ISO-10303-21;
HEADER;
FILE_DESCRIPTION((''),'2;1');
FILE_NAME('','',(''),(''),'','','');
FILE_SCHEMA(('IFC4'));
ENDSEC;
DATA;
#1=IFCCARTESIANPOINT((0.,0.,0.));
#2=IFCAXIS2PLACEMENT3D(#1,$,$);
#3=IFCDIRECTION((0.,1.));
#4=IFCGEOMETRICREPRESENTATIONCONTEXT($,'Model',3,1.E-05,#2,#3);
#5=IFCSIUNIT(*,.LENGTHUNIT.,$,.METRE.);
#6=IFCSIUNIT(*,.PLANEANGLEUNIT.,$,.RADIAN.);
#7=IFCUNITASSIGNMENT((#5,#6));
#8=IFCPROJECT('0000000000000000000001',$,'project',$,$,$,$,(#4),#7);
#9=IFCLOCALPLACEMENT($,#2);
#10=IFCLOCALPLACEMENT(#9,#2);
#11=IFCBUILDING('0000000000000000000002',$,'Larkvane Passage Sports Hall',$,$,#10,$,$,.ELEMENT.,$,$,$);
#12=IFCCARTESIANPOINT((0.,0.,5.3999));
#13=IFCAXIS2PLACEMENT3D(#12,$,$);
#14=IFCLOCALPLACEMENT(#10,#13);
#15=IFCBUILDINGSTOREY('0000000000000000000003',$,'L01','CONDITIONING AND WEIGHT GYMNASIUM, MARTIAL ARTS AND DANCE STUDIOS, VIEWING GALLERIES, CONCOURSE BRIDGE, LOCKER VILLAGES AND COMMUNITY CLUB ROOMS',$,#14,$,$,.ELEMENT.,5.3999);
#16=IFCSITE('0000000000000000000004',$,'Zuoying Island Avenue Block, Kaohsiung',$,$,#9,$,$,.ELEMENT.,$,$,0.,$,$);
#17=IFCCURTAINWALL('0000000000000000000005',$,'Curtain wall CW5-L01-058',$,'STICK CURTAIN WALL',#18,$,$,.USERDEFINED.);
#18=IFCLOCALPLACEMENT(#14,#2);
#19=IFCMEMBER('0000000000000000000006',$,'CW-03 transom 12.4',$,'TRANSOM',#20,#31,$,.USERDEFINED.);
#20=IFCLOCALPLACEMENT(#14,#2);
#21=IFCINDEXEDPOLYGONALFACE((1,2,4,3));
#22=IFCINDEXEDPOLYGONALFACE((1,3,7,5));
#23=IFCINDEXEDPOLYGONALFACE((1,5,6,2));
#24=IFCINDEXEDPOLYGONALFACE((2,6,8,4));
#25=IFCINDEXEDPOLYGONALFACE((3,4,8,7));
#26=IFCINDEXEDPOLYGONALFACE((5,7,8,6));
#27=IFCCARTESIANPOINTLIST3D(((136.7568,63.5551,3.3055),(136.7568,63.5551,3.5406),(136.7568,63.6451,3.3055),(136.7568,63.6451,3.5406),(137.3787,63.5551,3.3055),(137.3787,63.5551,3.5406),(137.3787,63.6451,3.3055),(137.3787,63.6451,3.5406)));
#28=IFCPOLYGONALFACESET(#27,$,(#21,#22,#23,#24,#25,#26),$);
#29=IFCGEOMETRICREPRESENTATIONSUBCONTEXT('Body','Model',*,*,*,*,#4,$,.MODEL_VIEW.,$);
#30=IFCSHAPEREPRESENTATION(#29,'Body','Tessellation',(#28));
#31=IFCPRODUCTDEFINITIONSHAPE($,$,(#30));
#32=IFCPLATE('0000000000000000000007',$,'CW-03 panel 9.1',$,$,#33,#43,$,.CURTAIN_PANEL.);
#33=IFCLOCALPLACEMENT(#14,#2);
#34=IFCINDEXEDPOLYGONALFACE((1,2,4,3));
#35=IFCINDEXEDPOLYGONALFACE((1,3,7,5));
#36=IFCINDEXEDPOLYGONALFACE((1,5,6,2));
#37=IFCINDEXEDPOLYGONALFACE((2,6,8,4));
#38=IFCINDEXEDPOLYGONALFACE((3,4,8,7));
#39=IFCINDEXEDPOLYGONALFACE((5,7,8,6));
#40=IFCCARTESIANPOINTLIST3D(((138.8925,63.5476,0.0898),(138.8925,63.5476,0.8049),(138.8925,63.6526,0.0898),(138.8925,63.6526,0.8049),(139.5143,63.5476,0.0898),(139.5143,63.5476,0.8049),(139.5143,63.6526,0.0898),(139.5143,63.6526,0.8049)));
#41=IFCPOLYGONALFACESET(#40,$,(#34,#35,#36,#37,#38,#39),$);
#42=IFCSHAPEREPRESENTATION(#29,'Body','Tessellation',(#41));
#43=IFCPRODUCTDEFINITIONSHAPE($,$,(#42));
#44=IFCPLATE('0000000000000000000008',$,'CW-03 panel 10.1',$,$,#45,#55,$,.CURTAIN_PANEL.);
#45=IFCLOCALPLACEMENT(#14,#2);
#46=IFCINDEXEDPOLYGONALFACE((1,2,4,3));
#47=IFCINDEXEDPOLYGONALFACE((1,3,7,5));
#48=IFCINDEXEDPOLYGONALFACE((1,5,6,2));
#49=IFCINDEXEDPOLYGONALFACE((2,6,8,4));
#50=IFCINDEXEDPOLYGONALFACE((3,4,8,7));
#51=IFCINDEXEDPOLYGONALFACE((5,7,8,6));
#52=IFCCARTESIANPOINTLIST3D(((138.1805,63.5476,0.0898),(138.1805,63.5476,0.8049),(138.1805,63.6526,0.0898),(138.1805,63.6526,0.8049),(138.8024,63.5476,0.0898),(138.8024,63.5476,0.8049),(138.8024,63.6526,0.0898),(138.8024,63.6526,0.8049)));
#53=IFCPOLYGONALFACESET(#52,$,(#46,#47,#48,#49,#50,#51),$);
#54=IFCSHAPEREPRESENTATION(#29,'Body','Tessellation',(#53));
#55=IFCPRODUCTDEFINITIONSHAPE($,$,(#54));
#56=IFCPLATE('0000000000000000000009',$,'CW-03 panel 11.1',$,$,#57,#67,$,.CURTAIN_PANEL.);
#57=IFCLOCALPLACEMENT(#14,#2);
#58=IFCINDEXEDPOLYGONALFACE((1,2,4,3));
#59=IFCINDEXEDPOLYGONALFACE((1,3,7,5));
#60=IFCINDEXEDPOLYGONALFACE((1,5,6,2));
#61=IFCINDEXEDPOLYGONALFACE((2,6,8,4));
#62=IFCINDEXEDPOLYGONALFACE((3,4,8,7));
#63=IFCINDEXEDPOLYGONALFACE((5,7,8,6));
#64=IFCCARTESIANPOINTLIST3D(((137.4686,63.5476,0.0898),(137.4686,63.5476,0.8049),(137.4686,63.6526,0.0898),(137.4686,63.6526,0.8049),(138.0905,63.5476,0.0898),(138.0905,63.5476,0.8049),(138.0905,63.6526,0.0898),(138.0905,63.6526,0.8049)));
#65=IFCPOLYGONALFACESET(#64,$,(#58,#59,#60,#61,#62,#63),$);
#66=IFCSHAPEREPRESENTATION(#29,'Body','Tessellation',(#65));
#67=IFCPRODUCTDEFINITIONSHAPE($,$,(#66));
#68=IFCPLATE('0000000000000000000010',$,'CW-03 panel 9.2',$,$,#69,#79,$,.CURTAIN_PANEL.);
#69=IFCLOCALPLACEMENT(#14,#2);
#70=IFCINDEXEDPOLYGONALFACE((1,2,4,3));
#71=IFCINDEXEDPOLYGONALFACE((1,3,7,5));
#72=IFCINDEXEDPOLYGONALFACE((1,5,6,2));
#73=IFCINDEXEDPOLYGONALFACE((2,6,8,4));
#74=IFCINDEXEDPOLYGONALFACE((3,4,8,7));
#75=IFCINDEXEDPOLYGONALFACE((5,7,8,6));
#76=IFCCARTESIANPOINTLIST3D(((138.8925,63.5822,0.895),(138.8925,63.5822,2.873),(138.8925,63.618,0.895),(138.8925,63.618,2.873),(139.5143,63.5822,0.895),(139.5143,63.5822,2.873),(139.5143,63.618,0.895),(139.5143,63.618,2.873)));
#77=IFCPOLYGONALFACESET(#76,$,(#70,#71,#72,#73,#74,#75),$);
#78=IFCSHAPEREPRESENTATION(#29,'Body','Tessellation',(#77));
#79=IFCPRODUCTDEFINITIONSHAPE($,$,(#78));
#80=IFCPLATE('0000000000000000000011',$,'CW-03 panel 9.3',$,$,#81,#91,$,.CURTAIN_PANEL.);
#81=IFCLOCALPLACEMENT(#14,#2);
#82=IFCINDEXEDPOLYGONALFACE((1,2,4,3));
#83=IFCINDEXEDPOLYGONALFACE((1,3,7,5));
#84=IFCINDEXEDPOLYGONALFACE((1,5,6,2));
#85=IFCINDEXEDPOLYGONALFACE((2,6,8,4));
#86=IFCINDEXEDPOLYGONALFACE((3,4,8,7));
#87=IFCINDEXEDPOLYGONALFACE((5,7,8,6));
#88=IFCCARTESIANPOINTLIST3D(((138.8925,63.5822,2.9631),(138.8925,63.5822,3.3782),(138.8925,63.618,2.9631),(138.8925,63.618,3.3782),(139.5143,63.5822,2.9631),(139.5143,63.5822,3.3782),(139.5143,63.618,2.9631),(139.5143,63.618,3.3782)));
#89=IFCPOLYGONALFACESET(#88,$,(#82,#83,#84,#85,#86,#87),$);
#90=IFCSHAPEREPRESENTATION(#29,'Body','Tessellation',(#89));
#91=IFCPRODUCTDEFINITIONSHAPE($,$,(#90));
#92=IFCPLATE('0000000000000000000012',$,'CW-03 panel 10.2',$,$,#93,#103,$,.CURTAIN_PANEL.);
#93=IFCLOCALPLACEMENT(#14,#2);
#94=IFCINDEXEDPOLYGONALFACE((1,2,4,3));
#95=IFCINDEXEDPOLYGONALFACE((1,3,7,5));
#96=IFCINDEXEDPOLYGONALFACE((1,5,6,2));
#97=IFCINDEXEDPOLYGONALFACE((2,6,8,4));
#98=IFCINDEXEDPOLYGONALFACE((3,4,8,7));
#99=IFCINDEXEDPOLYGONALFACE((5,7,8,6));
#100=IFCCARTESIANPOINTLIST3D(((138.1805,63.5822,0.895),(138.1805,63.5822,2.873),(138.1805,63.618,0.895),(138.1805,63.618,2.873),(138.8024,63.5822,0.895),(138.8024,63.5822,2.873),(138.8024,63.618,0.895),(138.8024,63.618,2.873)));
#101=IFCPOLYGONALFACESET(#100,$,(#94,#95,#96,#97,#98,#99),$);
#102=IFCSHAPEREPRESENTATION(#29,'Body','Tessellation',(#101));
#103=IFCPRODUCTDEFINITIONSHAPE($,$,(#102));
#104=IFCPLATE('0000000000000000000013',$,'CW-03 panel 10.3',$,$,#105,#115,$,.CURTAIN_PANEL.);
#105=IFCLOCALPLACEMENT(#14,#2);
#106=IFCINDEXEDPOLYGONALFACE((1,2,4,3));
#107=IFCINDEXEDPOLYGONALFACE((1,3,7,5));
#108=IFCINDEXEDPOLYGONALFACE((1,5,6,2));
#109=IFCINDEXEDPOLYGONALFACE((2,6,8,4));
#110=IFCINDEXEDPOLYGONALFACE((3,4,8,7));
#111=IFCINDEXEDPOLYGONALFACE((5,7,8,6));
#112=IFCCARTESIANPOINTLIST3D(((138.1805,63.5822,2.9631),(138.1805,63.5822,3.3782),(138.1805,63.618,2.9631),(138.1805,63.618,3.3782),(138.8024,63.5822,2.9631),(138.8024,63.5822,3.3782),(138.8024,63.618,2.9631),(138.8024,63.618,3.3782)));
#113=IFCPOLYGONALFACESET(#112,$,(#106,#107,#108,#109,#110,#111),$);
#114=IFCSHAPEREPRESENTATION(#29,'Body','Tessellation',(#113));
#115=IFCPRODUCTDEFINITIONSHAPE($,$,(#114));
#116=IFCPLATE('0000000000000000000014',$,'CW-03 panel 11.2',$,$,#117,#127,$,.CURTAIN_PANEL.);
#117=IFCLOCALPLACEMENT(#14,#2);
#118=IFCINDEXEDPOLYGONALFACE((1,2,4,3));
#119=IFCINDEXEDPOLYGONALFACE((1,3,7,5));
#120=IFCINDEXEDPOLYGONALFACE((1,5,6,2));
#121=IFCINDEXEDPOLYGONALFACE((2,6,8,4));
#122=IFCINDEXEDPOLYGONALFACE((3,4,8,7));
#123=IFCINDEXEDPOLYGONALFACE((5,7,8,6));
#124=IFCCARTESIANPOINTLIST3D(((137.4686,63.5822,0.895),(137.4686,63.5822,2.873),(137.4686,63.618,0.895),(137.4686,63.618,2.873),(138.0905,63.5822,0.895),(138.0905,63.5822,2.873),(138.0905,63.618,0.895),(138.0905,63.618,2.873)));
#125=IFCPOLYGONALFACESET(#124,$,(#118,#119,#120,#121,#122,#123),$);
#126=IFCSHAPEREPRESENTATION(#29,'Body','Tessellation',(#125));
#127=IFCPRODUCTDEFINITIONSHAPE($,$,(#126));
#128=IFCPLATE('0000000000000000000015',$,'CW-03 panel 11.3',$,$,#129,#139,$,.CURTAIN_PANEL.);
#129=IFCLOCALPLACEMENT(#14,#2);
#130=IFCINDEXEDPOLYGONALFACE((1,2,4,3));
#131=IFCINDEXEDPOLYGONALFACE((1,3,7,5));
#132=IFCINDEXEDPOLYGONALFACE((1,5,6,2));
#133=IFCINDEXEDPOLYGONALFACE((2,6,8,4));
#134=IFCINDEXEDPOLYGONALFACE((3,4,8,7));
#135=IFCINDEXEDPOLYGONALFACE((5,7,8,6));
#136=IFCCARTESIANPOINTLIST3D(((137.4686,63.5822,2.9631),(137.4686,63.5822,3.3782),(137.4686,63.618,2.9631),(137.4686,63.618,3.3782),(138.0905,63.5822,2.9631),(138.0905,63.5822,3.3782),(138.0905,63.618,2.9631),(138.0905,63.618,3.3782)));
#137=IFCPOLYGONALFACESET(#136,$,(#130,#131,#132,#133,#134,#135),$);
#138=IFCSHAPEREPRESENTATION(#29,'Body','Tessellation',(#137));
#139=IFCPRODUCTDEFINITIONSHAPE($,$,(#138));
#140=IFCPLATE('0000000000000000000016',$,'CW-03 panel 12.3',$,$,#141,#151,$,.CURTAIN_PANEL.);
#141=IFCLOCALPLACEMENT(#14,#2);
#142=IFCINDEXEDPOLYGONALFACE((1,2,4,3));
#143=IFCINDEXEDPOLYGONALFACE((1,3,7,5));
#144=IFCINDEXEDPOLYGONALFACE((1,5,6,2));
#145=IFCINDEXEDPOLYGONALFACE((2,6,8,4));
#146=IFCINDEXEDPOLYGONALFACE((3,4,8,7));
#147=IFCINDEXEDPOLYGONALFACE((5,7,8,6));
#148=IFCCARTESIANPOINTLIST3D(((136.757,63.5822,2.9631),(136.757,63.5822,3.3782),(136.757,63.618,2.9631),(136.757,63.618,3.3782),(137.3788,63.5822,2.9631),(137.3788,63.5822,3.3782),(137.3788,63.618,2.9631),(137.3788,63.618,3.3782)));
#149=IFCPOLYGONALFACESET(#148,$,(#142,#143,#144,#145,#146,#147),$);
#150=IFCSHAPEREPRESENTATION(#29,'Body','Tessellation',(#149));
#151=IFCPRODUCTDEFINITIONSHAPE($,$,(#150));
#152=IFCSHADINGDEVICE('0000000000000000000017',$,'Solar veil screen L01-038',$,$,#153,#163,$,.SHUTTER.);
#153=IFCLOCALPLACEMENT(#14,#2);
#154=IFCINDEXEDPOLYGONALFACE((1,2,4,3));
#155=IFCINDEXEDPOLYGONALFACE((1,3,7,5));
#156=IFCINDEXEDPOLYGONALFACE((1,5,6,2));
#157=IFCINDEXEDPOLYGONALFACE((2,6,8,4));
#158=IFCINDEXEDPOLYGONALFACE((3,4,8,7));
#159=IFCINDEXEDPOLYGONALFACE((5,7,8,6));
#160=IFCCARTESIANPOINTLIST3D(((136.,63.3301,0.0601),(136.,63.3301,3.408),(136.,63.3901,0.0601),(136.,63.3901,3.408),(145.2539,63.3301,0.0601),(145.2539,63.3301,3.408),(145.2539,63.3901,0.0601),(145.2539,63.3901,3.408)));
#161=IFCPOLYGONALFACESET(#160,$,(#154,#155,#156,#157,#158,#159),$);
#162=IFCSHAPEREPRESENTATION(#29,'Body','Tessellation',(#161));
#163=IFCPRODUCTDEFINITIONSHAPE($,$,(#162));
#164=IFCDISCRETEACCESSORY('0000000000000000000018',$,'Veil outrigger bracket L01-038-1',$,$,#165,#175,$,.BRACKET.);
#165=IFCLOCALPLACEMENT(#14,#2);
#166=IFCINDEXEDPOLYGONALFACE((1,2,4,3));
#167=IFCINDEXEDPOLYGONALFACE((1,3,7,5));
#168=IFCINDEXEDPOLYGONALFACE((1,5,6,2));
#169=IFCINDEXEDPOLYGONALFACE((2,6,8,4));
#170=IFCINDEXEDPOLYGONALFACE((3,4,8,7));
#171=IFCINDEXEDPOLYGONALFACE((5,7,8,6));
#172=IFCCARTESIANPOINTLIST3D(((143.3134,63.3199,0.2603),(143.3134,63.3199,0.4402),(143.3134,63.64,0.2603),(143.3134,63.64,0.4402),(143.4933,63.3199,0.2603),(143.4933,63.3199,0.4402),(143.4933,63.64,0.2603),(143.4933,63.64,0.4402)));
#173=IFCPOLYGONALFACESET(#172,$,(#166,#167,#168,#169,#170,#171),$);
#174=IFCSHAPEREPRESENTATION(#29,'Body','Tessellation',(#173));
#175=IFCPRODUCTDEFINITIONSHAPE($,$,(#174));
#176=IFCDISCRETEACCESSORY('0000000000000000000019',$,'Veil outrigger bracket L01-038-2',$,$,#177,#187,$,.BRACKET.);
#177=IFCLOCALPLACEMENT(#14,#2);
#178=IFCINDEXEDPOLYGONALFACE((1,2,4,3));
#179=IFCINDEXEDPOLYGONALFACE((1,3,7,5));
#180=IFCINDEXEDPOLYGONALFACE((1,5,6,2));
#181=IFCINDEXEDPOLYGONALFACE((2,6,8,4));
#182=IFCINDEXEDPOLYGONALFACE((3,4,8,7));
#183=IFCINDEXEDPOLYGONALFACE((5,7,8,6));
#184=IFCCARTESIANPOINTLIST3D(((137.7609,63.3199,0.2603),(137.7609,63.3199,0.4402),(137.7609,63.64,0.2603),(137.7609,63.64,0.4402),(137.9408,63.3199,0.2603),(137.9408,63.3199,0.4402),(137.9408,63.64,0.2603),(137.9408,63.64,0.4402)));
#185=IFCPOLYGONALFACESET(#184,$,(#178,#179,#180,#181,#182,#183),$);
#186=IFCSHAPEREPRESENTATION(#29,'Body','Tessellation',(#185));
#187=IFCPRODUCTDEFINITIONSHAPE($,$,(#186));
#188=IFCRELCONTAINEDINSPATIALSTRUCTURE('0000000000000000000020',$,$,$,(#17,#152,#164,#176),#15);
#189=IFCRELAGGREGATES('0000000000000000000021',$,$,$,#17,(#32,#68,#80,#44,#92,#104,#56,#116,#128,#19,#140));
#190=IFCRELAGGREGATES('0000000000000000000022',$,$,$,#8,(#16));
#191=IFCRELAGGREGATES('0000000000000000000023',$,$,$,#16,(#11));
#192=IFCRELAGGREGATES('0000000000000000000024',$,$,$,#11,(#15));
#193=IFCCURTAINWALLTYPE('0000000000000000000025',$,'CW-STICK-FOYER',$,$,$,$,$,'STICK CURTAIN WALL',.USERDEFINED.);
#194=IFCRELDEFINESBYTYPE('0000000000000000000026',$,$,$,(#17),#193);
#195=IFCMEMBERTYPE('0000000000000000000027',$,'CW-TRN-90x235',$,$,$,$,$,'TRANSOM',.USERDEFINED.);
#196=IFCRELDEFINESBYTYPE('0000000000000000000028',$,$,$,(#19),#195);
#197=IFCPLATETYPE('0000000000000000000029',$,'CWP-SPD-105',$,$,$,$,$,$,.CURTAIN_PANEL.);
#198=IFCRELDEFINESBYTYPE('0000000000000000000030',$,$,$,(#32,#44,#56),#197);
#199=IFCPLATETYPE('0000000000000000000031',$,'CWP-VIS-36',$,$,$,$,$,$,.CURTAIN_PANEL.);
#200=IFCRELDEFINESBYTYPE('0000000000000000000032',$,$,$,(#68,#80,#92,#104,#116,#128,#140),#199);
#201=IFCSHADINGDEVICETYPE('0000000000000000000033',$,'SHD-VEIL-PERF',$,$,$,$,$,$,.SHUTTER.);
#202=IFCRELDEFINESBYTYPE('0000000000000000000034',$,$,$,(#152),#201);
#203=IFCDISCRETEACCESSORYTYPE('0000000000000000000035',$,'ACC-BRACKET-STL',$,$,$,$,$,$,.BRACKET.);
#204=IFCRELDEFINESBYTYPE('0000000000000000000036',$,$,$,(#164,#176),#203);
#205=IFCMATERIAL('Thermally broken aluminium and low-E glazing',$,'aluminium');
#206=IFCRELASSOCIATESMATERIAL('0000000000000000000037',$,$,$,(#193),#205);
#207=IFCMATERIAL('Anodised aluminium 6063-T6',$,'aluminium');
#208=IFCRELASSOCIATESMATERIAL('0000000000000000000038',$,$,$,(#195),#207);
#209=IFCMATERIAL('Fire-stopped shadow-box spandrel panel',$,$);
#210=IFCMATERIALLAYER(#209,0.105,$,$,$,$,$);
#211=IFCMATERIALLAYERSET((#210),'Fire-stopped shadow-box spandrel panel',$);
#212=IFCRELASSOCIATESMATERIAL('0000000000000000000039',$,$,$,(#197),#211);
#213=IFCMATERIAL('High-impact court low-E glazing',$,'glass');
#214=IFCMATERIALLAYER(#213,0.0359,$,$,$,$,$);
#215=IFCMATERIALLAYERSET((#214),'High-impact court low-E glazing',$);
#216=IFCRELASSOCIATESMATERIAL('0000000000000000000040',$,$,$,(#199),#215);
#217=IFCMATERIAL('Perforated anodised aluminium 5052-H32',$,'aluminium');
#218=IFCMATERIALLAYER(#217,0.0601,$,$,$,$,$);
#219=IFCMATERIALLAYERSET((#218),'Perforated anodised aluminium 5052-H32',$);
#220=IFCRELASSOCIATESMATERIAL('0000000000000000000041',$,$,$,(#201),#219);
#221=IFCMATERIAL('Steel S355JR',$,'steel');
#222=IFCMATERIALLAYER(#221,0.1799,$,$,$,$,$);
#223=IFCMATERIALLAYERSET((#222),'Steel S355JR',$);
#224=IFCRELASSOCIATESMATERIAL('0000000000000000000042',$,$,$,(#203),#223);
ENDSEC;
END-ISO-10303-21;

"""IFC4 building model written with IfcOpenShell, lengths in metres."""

from ifc_helpers import new_model, si_unit, direction, frame, origin, origin_2d, place, context, subcontext, project, spatial, rectangle, extrude, material, layer, layer_set, material_profile, profile_set, type_object, element, aggregate, save


model = new_model("IFC4")

# Units and contexts
model_context = context("Model", 3, precision=1e-05, world=origin(), true_north=direction((0.0, 1.0)))
body_context = subcontext(model_context, "Body", "Model", "MODEL_VIEW")
ifc_project = project(units=[si_unit("LENGTHUNIT", "METRE"), si_unit("PLANEANGLEUNIT", "RADIAN")], contexts=[model_context])

# Site, building, storey
site_placement = place(None, origin())
site = spatial("IfcSite", under=ifc_project, at=site_placement, Name="Zuoying Island Avenue Block, Kaohsiung", CompositionType="ELEMENT", RefElevation=0.0)
building_placement = place(site_placement, origin())
building = spatial("IfcBuilding", under=site, at=building_placement, Name="Larkvane Passage Sports Hall", CompositionType="ELEMENT")
storey_placement = place(building_placement, frame((0.0, 0.0, 5.3999)))
storey = spatial("IfcBuildingStorey", under=building, at=storey_placement, Name="L01", Description="CONDITIONING AND WEIGHT GYMNASIUM, MARTIAL ARTS AND DANCE STUDIOS, VIEWING GALLERIES, CONCOURSE BRIDGE, LOCKER VILLAGES AND COMMUNITY CLUB ROOMS", CompositionType="ELEMENT", Elevation=5.3999)

# Curtain wall, member, plates
ifc_material_1 = material(Name="Thermally broken aluminium and low-E glazing", Category="aluminium")
curtain_wall_type = type_object("IfcCurtainWallType", Name="CW-STICK-FOYER", ElementType="STICK CURTAIN WALL", PredefinedType="USERDEFINED", material=ifc_material_1)
curtain_wall_placement = place(storey_placement, origin())
curtain_wall = element("IfcCurtainWall", 1, at=curtain_wall_placement, inside=storey, type_object=curtain_wall_type, Name="Curtain wall CW5-L01-058", ObjectType="STICK CURTAIN WALL", PredefinedType="USERDEFINED")
ifc_material_2 = material(Name="Anodised aluminium 6063-T6", Category="aluminium")
ifc_material_profile_1 = material_profile(ifc_material_2, rectangle(XDim=0.0901, YDim=0.2351, at=origin_2d()), Name="ALU-TRN-90x235")
ifc_profile_set_1 = profile_set([ifc_material_profile_1], Name="Anodised aluminium 6063-T6")
member_type_1 = type_object("IfcMemberType", Name="CW-TRN-90x235", ElementType="TRANSOM", PredefinedType="USERDEFINED", material=ifc_profile_set_1)
member_1_placement = place(storey_placement, frame((137.3787, 63.6001, 3.4231), z_axis=(-1.0, 0.0, 0.0), x_axis=(0.0, -1.0, 0.0)))
member_1 = element("IfcMember", 2, at=member_1_placement, type_object=member_type_1, Name="CW-03 transom 12.4", ObjectType="TRANSOM", PredefinedType="USERDEFINED", context=body_context, shape_type="SweptSolid", body=[
    extrude(rectangle(XDim=0.0901, YDim=0.2351, at=origin_2d()), origin(), (0.0, 0.0, 1.0), 0.6218),
])
ifc_material_3 = material(Name="Fire-stopped shadow-box spandrel panel")
ifc_layer_1 = layer(ifc_material_3, 0.105)
ifc_layer_set_1 = layer_set([ifc_layer_1], Name="Fire-stopped shadow-box spandrel panel")
plate_type_1 = type_object("IfcPlateType", Name="CWP-SPD-105", PredefinedType="CURTAIN_PANEL", material=ifc_layer_set_1)
plate_1_placement = place(storey_placement, frame((139.2034, 63.6001, 0.0898), z_axis=(0.0, 0.0, 1.0), x_axis=(-1.0, 0.0, 0.0)))
plate_1 = element("IfcPlate", 3, at=plate_1_placement, type_object=plate_type_1, Name="CW-03 panel 9.1", PredefinedType="CURTAIN_PANEL", context=body_context, shape_type="SweptSolid", body=[
    extrude(rectangle(XDim=0.6218, YDim=0.105, at=origin_2d()), origin(), (0.0, 0.0, 1.0), 0.7151),
])
plate_2_placement = place(storey_placement, frame((138.4915, 63.6001, 0.0898), z_axis=(0.0, 0.0, 1.0), x_axis=(-1.0, 0.0, 0.0)))
plate_2 = element("IfcPlate", 4, at=plate_2_placement, type_object=plate_type_1, Name="CW-03 panel 10.1", PredefinedType="CURTAIN_PANEL", context=body_context, shape_type="SweptSolid", body=[
    extrude(rectangle(XDim=0.6218, YDim=0.105, at=origin_2d()), origin(), (0.0, 0.0, 1.0), 0.7151),
])
plate_3_placement = place(storey_placement, frame((137.7795, 63.6001, 0.0898), z_axis=(0.0, 0.0, 1.0), x_axis=(-1.0, 0.0, 0.0)))
plate_3 = element("IfcPlate", 5, at=plate_3_placement, type_object=plate_type_1, Name="CW-03 panel 11.1", PredefinedType="CURTAIN_PANEL", context=body_context, shape_type="SweptSolid", body=[
    extrude(rectangle(XDim=0.6218, YDim=0.105, at=origin_2d()), origin(), (0.0, 0.0, 1.0), 0.7151),
])
ifc_material_4 = material(Name="High-impact court low-E glazing", Category="glass")
ifc_layer_2 = layer(ifc_material_4, 0.0359)
ifc_layer_set_2 = layer_set([ifc_layer_2], Name="High-impact court low-E glazing")
plate_type_2 = type_object("IfcPlateType", Name="CWP-VIS-36", PredefinedType="CURTAIN_PANEL", material=ifc_layer_set_2)
plate_4_placement = place(storey_placement, frame((139.2034, 63.6001, 0.895), z_axis=(0.0, 0.0, 1.0), x_axis=(-1.0, 0.0, 0.0)))
plate_4 = element("IfcPlate", 6, at=plate_4_placement, type_object=plate_type_2, Name="CW-03 panel 9.2", PredefinedType="CURTAIN_PANEL", context=body_context, shape_type="SweptSolid", body=[
    extrude(rectangle(XDim=0.6218, YDim=0.0359, at=origin_2d()), origin(), (0.0, 0.0, 1.0), 1.978),
])
plate_5_placement = place(storey_placement, frame((139.2034, 63.6001, 2.9631), z_axis=(0.0, 0.0, 1.0), x_axis=(-1.0, 0.0, 0.0)))
plate_5 = element("IfcPlate", 7, at=plate_5_placement, type_object=plate_type_2, Name="CW-03 panel 9.3", PredefinedType="CURTAIN_PANEL", context=body_context, shape_type="SweptSolid", body=[
    extrude(rectangle(XDim=0.6218, YDim=0.0359, at=origin_2d()), origin(), (0.0, 0.0, 1.0), 0.415),
])
plate_6_placement = place(storey_placement, frame((138.4915, 63.6001, 0.895), z_axis=(0.0, 0.0, 1.0), x_axis=(-1.0, 0.0, 0.0)))
plate_6 = element("IfcPlate", 8, at=plate_6_placement, type_object=plate_type_2, Name="CW-03 panel 10.2", PredefinedType="CURTAIN_PANEL", context=body_context, shape_type="SweptSolid", body=[
    extrude(rectangle(XDim=0.6218, YDim=0.0359, at=origin_2d()), origin(), (0.0, 0.0, 1.0), 1.978),
])
plate_7_placement = place(storey_placement, frame((138.4915, 63.6001, 2.9631), z_axis=(0.0, 0.0, 1.0), x_axis=(-1.0, 0.0, 0.0)))
plate_7 = element("IfcPlate", 9, at=plate_7_placement, type_object=plate_type_2, Name="CW-03 panel 10.3", PredefinedType="CURTAIN_PANEL", context=body_context, shape_type="SweptSolid", body=[
    extrude(rectangle(XDim=0.6218, YDim=0.0359, at=origin_2d()), origin(), (0.0, 0.0, 1.0), 0.415),
])
plate_8_placement = place(storey_placement, frame((137.7795, 63.6001, 0.895), z_axis=(0.0, 0.0, 1.0), x_axis=(-1.0, 0.0, 0.0)))
plate_8 = element("IfcPlate", 10, at=plate_8_placement, type_object=plate_type_2, Name="CW-03 panel 11.2", PredefinedType="CURTAIN_PANEL", context=body_context, shape_type="SweptSolid", body=[
    extrude(rectangle(XDim=0.6218, YDim=0.0359, at=origin_2d()), origin(), (0.0, 0.0, 1.0), 1.978),
])
plate_9_placement = place(storey_placement, frame((137.7795, 63.6001, 2.9631), z_axis=(0.0, 0.0, 1.0), x_axis=(-1.0, 0.0, 0.0)))
plate_9 = element("IfcPlate", 11, at=plate_9_placement, type_object=plate_type_2, Name="CW-03 panel 11.3", PredefinedType="CURTAIN_PANEL", context=body_context, shape_type="SweptSolid", body=[
    extrude(rectangle(XDim=0.6218, YDim=0.0359, at=origin_2d()), origin(), (0.0, 0.0, 1.0), 0.415),
])
plate_10_placement = place(storey_placement, frame((137.0679, 63.6001, 2.9631), z_axis=(0.0, 0.0, 1.0), x_axis=(-1.0, 0.0, 0.0)))
plate_10 = element("IfcPlate", 12, at=plate_10_placement, type_object=plate_type_2, Name="CW-03 panel 12.3", PredefinedType="CURTAIN_PANEL", context=body_context, shape_type="SweptSolid", body=[
    extrude(rectangle(XDim=0.6218, YDim=0.0359, at=origin_2d()), origin(), (0.0, 0.0, 1.0), 0.415),
])
aggregate(curtain_wall, [plate_1, plate_4, plate_5, plate_2, plate_6, plate_7, plate_3, plate_8, plate_9, member_1, plate_10])

# Shading device
ifc_material_5 = material(Name="Perforated anodised aluminium 5052-H32", Category="aluminium")
ifc_layer_3 = layer(ifc_material_5, 0.0601)
ifc_layer_set_3 = layer_set([ifc_layer_3], Name="Perforated anodised aluminium 5052-H32")
shading_device_type = type_object("IfcShadingDeviceType", Name="SHD-VEIL-PERF", PredefinedType="SHUTTER", material=ifc_layer_set_3)
shading_device_placement = place(storey_placement, frame((140.627, 63.3601, 0.0601), z_axis=(0.0, 0.0, 1.0), x_axis=(-1.0, 0.0, 0.0)))
element("IfcShadingDevice", 13, at=shading_device_placement, inside=storey, type_object=shading_device_type, Name="Solar veil screen L01-038", PredefinedType="SHUTTER", context=body_context, shape_type="SweptSolid", body=[
    extrude(rectangle(XDim=9.2539, YDim=0.0601, at=origin_2d()), origin(), (0.0, 0.0, 1.0), 3.3479),
])

# Discrete accessories
ifc_material_6 = material(Name="Steel S355JR", Category="steel")
ifc_layer_4 = layer(ifc_material_6, 0.1799)
ifc_layer_set_4 = layer_set([ifc_layer_4], Name="Steel S355JR")
discrete_accessory_type = type_object("IfcDiscreteAccessoryType", Name="ACC-BRACKET-STL", PredefinedType="BRACKET", material=ifc_layer_set_4)
for number, where, z_axis, x_axis, name in (
    (14, (143.4033, 63.48, 0.2603), (0.0, 0.0, 1.0), (-1.0, 0.0, 0.0), "Veil outrigger bracket L01-038-1"),
    (15, (137.8508, 63.48, 0.2603), (0.0, 0.0, 1.0), (-1.0, 0.0, 0.0), "Veil outrigger bracket L01-038-2"),
):
    element("IfcDiscreteAccessory", number, at=place(storey_placement, frame(where, z_axis=z_axis, x_axis=x_axis)), inside=storey, type_object=discrete_accessory_type, Name=name, PredefinedType="BRACKET", context=body_context, shape_type="SweptSolid", body=[
        extrude(rectangle(XDim=0.1799, YDim=0.3201, at=origin_2d()), origin(), (0.0, 0.0, 1.0), 0.1799),
    ])

save(model, "model.ifc")
